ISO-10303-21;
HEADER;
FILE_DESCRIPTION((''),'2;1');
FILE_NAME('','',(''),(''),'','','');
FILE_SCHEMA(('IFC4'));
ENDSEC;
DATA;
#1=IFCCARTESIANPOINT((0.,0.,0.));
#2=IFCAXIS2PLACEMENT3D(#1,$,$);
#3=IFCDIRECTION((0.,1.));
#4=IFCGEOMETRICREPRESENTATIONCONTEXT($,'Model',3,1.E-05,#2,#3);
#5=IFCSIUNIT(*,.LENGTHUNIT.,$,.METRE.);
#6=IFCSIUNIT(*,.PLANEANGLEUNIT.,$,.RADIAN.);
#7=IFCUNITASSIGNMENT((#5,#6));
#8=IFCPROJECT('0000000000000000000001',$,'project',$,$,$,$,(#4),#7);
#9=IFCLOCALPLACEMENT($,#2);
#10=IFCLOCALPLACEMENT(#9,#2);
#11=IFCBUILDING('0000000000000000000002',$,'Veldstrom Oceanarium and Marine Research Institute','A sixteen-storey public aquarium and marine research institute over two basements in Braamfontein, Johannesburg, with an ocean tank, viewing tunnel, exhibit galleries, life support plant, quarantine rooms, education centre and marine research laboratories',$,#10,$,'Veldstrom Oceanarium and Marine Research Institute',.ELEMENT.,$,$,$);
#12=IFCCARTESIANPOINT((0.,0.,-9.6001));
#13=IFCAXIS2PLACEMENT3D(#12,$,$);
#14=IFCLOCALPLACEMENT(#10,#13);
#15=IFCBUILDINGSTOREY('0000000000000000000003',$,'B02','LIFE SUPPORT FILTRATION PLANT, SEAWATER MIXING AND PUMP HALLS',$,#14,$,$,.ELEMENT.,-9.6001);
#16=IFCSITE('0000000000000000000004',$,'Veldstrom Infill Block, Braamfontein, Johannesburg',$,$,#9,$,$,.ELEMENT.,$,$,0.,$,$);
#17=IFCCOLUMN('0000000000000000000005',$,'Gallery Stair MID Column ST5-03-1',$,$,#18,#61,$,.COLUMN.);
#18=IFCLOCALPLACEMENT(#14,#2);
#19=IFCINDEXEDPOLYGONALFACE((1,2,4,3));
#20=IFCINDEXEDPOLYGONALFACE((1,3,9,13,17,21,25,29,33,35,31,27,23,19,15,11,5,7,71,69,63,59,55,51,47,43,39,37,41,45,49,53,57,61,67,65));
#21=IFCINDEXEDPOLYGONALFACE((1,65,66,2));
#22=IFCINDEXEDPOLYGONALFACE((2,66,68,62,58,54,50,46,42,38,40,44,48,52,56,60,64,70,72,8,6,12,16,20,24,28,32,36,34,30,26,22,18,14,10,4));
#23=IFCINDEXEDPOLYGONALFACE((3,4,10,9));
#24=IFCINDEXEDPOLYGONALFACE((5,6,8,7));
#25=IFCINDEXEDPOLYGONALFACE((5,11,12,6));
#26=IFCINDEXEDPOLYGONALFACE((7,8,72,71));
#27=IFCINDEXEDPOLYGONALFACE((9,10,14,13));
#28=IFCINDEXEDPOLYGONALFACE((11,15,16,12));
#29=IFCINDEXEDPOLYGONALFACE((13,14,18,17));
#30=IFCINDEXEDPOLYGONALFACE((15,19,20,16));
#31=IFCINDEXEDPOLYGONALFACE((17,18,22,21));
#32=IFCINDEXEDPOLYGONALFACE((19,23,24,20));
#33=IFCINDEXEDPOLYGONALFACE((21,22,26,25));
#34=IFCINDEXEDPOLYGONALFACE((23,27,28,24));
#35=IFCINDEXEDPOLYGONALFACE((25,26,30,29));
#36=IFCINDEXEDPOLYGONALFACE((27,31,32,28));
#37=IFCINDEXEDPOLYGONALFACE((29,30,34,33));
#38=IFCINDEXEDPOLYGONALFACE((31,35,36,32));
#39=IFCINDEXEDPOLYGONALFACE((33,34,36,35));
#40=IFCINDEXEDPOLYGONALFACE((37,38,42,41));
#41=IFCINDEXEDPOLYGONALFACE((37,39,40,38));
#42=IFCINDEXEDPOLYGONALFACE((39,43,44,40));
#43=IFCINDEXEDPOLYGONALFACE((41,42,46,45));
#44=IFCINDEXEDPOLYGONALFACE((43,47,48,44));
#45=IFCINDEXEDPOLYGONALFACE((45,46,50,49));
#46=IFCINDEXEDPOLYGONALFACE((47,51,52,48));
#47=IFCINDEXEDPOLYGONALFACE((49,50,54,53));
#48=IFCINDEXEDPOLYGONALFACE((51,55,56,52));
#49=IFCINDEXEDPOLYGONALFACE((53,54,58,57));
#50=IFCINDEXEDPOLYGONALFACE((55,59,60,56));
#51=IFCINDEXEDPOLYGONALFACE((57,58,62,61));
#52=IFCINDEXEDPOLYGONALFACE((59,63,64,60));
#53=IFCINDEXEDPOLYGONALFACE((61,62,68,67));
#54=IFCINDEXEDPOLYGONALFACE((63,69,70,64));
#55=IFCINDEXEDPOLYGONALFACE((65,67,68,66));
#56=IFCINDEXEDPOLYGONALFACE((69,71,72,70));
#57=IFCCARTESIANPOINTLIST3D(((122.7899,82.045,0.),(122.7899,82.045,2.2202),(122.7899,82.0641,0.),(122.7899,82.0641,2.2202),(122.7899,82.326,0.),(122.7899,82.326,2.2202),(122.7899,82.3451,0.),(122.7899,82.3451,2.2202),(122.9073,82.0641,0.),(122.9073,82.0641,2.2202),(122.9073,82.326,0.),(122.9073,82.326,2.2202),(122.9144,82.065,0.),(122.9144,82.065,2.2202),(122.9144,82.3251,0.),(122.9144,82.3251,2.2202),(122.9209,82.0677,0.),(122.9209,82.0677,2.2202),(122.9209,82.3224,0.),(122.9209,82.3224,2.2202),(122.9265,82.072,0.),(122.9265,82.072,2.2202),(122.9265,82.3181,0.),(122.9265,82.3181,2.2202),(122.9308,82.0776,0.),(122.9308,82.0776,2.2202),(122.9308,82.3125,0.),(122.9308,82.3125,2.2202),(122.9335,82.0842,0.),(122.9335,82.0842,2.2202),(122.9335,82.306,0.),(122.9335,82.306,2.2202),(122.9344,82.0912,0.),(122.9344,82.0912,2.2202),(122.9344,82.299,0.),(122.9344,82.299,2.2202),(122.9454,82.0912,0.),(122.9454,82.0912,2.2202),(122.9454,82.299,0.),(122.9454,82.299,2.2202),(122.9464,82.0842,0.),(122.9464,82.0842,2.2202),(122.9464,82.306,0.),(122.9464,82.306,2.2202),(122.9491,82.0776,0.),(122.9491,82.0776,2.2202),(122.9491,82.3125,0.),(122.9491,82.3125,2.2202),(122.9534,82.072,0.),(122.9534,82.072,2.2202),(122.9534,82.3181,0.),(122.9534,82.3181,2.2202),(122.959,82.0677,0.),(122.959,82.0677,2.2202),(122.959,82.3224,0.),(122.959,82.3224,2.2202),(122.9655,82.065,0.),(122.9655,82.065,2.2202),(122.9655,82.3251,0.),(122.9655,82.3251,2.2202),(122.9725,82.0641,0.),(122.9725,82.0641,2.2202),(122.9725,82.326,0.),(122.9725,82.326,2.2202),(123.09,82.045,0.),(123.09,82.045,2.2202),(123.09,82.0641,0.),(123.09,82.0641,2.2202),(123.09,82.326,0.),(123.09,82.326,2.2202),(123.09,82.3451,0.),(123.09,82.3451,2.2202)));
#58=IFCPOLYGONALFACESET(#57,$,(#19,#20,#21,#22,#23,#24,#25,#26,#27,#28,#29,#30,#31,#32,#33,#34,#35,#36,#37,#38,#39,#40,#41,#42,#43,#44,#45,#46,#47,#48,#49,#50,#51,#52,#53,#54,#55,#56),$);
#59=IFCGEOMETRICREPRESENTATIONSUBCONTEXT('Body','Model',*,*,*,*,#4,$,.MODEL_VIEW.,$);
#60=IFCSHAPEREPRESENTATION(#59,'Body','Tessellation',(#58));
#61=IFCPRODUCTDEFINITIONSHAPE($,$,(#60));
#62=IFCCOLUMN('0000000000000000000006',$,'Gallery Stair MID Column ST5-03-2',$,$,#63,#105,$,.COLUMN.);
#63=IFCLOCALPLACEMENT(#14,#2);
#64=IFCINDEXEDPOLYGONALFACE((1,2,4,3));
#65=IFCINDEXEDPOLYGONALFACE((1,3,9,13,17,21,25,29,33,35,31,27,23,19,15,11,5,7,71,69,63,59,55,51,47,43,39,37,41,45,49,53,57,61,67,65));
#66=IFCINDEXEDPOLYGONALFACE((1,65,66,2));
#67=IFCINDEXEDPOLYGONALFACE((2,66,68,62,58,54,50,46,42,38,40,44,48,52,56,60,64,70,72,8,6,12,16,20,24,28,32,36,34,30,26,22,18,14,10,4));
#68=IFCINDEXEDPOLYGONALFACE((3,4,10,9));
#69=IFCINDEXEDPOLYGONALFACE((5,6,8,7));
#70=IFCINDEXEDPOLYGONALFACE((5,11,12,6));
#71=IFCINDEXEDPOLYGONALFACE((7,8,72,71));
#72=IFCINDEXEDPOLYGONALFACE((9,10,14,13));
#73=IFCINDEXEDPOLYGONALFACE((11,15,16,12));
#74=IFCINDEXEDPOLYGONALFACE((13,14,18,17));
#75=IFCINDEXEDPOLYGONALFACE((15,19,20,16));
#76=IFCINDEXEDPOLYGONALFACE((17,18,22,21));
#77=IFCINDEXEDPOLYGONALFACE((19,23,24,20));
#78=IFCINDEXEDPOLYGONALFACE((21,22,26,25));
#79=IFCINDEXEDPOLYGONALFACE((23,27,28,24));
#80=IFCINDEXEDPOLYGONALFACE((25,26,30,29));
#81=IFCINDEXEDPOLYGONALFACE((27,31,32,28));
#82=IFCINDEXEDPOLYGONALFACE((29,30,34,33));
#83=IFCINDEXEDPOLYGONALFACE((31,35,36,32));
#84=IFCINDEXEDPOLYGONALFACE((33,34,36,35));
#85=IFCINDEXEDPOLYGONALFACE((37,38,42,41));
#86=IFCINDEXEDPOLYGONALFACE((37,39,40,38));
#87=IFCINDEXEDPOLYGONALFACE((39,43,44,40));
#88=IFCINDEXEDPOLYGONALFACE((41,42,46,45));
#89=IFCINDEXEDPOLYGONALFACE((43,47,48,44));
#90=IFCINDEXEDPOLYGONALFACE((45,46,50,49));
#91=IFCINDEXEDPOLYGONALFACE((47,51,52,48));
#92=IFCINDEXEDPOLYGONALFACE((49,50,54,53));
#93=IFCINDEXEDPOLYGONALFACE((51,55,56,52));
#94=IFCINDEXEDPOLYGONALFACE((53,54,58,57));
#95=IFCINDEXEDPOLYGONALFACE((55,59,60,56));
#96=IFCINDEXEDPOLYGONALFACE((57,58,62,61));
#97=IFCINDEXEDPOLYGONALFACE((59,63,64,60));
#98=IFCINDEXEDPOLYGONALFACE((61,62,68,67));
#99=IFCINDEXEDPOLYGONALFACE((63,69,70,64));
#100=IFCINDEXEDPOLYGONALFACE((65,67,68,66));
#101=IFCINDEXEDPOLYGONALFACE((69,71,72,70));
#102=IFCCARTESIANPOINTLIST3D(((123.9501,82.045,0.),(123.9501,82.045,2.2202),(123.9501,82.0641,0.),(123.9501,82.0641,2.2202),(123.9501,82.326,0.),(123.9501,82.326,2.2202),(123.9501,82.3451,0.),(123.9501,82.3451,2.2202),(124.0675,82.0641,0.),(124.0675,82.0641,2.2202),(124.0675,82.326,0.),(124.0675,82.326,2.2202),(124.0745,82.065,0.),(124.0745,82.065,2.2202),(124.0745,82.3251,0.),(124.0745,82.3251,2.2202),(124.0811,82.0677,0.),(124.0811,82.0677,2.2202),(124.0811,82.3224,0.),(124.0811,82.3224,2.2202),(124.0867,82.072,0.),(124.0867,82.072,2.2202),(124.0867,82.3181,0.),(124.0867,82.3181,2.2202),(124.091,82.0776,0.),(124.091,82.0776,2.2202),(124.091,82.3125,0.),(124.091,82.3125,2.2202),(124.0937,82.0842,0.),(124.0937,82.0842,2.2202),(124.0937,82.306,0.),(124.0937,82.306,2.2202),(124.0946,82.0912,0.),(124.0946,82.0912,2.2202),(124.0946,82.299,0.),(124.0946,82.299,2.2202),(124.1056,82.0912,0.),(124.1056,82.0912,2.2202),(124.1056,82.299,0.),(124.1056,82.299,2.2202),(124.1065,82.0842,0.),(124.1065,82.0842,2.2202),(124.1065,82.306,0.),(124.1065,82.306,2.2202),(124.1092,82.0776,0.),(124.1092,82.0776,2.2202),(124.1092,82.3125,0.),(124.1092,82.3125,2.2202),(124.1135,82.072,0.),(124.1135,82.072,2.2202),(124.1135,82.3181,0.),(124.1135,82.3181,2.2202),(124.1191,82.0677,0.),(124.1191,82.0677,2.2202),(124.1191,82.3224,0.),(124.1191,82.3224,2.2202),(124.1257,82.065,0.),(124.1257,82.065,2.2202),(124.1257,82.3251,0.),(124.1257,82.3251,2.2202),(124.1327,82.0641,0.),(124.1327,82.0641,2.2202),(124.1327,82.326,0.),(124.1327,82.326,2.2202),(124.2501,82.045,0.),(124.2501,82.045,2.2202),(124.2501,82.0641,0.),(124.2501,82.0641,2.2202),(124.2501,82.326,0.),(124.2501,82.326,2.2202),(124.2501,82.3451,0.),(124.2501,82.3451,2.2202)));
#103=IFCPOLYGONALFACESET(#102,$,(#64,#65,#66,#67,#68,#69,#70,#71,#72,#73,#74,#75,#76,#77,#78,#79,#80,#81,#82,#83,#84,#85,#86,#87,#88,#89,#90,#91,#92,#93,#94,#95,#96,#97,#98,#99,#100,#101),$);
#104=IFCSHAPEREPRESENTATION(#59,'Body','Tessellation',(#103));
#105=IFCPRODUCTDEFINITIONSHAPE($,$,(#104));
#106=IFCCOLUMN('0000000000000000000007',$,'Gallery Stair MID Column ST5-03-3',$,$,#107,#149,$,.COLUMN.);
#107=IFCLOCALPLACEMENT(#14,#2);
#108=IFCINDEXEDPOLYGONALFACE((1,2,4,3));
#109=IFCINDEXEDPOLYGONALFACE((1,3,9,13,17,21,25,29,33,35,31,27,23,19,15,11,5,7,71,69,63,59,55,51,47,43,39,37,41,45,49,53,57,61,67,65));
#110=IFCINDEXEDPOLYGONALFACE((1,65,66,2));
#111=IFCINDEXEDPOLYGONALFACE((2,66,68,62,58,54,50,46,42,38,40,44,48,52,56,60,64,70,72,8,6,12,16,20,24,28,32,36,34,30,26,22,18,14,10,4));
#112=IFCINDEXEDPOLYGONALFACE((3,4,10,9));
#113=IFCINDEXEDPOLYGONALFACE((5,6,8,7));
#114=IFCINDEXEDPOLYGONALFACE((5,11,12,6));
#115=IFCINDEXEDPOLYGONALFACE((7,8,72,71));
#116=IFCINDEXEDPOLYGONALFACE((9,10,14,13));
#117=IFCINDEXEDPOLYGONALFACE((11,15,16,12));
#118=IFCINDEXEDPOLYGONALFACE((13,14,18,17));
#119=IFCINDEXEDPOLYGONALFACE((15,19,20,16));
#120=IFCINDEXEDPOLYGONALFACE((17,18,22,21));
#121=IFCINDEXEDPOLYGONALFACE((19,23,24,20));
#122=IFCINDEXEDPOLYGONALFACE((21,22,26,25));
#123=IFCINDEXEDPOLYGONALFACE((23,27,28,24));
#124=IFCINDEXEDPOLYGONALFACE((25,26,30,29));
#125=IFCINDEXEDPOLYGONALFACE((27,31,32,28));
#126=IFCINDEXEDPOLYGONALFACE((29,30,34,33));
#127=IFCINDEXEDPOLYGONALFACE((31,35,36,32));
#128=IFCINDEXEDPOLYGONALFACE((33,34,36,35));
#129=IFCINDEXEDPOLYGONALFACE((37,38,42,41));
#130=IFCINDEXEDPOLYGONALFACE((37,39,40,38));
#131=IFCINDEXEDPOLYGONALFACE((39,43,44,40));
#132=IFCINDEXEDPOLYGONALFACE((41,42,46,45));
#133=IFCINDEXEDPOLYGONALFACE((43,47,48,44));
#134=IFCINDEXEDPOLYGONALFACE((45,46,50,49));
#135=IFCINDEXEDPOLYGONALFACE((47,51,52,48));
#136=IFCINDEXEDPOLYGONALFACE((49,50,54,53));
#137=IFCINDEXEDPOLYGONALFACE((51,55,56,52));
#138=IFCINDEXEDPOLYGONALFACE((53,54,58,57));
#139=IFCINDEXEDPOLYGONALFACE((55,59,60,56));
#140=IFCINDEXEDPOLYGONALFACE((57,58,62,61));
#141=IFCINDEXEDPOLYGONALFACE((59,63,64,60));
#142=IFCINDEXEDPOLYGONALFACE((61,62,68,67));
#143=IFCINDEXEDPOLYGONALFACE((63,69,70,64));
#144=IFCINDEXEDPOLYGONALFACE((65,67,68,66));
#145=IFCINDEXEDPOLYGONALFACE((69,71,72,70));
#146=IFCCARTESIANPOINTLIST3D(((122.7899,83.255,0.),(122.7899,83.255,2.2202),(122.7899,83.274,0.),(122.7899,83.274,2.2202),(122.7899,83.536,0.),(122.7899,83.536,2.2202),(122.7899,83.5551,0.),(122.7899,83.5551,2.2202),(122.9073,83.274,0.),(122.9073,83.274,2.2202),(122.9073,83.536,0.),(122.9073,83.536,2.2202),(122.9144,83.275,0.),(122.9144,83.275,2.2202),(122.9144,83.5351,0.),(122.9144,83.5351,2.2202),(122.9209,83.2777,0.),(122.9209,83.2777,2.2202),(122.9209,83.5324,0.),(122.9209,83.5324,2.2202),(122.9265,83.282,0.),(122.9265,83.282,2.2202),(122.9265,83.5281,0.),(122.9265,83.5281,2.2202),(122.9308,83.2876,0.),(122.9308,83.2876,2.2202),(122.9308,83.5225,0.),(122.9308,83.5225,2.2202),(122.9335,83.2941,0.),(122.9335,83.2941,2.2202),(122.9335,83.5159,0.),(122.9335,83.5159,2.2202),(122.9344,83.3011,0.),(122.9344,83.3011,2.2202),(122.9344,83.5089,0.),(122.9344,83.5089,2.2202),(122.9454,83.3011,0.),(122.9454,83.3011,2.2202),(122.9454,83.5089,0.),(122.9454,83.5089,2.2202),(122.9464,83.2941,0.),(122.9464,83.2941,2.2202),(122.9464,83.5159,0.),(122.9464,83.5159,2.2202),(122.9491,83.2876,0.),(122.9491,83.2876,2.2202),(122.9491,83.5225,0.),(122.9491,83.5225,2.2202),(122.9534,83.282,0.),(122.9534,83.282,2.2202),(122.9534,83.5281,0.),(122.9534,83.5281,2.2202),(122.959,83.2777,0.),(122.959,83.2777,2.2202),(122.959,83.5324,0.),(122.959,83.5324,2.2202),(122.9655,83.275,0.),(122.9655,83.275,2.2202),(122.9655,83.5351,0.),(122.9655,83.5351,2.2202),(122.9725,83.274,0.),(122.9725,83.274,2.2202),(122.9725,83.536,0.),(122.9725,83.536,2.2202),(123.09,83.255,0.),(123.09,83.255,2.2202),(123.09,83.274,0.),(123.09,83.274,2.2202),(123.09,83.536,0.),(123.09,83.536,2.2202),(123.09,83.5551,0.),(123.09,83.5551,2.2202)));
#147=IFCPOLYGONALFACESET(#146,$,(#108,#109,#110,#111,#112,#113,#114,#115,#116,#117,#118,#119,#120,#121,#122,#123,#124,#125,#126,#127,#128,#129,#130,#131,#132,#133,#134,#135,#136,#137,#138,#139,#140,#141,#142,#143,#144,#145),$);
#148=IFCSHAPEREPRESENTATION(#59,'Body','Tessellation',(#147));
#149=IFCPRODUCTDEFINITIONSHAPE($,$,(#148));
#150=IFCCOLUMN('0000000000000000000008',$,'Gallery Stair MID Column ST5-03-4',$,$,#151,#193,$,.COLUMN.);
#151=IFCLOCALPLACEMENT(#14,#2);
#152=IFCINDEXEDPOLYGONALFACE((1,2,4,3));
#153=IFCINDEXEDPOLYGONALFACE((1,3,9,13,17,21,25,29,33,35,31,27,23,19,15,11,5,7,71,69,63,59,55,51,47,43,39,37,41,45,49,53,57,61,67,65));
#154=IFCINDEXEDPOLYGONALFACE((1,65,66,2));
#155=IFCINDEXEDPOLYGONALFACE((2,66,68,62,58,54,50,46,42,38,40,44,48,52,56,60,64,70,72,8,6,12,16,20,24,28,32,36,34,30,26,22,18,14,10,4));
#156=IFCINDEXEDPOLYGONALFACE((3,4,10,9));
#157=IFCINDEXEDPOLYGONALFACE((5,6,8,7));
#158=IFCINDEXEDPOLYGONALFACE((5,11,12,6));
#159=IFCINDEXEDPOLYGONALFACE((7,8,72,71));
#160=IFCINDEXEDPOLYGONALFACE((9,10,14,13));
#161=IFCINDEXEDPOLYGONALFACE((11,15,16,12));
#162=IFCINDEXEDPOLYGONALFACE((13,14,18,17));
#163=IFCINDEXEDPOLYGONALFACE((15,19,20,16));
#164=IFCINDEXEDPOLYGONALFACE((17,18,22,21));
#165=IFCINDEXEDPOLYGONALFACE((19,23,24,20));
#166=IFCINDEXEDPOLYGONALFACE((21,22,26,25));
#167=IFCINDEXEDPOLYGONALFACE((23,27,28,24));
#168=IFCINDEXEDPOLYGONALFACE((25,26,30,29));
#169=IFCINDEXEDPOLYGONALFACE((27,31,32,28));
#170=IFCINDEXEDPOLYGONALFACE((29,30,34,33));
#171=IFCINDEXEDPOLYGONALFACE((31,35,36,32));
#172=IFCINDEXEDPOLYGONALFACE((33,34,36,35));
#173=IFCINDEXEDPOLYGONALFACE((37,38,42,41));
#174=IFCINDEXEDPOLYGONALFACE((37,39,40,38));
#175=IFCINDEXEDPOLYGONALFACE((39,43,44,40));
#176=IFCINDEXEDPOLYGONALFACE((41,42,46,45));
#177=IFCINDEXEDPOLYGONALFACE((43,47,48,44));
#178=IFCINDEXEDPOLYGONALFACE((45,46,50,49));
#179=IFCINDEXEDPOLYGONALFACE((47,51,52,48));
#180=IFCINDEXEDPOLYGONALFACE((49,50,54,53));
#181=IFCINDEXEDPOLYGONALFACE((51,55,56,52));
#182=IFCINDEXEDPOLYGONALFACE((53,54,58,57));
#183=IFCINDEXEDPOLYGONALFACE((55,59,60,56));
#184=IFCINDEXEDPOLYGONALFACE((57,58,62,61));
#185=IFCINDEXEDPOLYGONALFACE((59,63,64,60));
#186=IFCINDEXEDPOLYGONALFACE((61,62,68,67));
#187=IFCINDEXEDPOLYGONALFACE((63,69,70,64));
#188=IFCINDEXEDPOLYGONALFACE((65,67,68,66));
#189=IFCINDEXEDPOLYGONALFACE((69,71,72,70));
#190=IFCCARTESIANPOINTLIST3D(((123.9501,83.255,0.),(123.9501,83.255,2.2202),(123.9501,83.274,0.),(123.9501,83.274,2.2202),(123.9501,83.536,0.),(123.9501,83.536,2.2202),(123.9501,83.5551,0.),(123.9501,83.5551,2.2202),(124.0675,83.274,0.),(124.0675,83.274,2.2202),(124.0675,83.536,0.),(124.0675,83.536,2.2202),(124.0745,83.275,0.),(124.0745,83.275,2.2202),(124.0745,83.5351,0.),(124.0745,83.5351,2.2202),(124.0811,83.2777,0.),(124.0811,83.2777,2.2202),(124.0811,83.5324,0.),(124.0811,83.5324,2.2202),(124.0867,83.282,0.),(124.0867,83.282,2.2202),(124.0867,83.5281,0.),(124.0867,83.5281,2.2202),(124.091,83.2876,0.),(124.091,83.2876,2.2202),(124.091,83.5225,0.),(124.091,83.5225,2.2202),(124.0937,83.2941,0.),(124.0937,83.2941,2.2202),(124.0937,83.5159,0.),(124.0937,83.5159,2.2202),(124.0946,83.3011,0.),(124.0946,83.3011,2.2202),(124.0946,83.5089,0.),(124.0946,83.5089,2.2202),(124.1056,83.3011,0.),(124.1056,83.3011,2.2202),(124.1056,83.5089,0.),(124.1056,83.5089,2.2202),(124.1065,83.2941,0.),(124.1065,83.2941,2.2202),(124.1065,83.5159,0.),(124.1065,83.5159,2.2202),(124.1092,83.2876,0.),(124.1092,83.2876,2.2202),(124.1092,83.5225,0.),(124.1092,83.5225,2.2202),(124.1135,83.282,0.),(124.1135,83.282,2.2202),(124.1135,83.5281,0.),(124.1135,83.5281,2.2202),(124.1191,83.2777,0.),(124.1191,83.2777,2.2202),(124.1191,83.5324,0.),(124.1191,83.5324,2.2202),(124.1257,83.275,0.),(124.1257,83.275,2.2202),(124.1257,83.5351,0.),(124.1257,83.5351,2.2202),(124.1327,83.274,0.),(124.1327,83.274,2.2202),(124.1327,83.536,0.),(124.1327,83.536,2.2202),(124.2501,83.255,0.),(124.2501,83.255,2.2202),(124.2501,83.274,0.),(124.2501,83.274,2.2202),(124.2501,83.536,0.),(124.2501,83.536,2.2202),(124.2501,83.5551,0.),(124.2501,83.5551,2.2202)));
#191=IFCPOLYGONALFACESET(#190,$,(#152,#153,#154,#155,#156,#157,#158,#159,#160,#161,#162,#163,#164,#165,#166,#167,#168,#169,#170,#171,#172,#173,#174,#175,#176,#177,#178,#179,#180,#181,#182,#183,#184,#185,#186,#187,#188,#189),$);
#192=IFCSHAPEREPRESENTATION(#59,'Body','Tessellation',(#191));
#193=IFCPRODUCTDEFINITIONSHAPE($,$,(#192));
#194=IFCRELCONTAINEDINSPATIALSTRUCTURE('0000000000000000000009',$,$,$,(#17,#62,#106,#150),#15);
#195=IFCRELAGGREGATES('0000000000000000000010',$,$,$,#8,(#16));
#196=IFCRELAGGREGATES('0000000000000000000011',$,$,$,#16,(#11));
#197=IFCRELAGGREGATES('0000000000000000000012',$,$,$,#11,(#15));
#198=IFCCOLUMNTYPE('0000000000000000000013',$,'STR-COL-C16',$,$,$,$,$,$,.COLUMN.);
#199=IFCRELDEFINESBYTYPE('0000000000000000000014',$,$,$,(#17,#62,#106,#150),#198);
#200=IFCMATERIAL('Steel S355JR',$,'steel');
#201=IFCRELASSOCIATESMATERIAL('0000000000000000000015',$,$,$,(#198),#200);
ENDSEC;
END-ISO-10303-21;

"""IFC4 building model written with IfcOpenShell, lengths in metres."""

from ifc_helpers import new_model, si_unit, direction, frame, origin, origin_2d, place, context, subcontext, project, spatial, i_section, extrude, material, material_profile, profile_set, type_object, element, save


model = new_model("IFC4")

# Units and contexts
model_context = context("Model", 3, precision=1e-05, world=origin(), true_north=direction((0.0, 1.0)))
body_context = subcontext(model_context, "Body", "Model", "MODEL_VIEW")
ifc_project = project(units=[si_unit("LENGTHUNIT", "METRE"), si_unit("PLANEANGLEUNIT", "RADIAN")], contexts=[model_context])

# Site, building, storey
site_placement = place(None, origin())
site = spatial("IfcSite", under=ifc_project, at=site_placement, Name="Veldstrom Infill Block, Braamfontein, Johannesburg", CompositionType="ELEMENT", RefElevation=0.0)
building_placement = place(site_placement, origin())
building = spatial("IfcBuilding", under=site, at=building_placement, Name="Veldstrom Oceanarium and Marine Research Institute", Description="A sixteen-storey public aquarium and marine research institute over two basements in Braamfontein, Johannesburg, with an ocean tank, viewing tunnel, exhibit galleries, life support plant, quarantine rooms, education centre and marine research laboratories", LongName="Veldstrom Oceanarium and Marine Research Institute", CompositionType="ELEMENT")
storey_placement = place(building_placement, frame((0.0, 0.0, -9.6001)))
storey = spatial("IfcBuildingStorey", under=building, at=storey_placement, Name="B02", Description="LIFE SUPPORT FILTRATION PLANT, SEAWATER MIXING AND PUMP HALLS", CompositionType="ELEMENT", Elevation=-9.6001)

# Columns
ifc_material_1 = material(Name="Steel S355JR", Category="steel")
ifc_material_profile_1 = material_profile(ifc_material_1, i_section(OverallWidth=0.3, OverallDepth=0.3, WebThickness=0.011, FlangeThickness=0.019, FilletRadius=0.0271, at=origin_2d()), Name="HEB 300")
ifc_profile_set_1 = profile_set([ifc_material_profile_1], Name="Steel S355JR")
column_type_1 = type_object("IfcColumnType", Name="STR-COL-C16", PredefinedType="COLUMN", material=ifc_profile_set_1)
for number, where, z_axis, x_axis, name in (
    (1, (122.9399, 82.1951, 0.0), (0.0, 0.0, 1.0), (1.0, 0.0, 0.0), "Gallery Stair MID Column ST5-03-1"),
    (2, (124.1001, 82.1951, 0.0), (0.0, 0.0, 1.0), (1.0, 0.0, 0.0), "Gallery Stair MID Column ST5-03-2"),
    (3, (122.9399, 83.405, 0.0), (0.0, 0.0, 1.0), (1.0, 0.0, 0.0), "Gallery Stair MID Column ST5-03-3"),
    (4, (124.1001, 83.405, 0.0), (0.0, 0.0, 1.0), (1.0, 0.0, 0.0), "Gallery Stair MID Column ST5-03-4"),
):
    element("IfcColumn", number, at=place(storey_placement, frame(where, z_axis=z_axis, x_axis=x_axis)), inside=storey, type_object=column_type_1, Name=name, PredefinedType="COLUMN", context=body_context, shape_type="SweptSolid", body=[
        extrude(i_section(OverallWidth=0.3, OverallDepth=0.3, WebThickness=0.011, FlangeThickness=0.019, FilletRadius=0.0271, at=origin_2d()), origin(), (0.0, 0.0, 1.0), 2.2202),
    ])

save(model, "model.ifc")
